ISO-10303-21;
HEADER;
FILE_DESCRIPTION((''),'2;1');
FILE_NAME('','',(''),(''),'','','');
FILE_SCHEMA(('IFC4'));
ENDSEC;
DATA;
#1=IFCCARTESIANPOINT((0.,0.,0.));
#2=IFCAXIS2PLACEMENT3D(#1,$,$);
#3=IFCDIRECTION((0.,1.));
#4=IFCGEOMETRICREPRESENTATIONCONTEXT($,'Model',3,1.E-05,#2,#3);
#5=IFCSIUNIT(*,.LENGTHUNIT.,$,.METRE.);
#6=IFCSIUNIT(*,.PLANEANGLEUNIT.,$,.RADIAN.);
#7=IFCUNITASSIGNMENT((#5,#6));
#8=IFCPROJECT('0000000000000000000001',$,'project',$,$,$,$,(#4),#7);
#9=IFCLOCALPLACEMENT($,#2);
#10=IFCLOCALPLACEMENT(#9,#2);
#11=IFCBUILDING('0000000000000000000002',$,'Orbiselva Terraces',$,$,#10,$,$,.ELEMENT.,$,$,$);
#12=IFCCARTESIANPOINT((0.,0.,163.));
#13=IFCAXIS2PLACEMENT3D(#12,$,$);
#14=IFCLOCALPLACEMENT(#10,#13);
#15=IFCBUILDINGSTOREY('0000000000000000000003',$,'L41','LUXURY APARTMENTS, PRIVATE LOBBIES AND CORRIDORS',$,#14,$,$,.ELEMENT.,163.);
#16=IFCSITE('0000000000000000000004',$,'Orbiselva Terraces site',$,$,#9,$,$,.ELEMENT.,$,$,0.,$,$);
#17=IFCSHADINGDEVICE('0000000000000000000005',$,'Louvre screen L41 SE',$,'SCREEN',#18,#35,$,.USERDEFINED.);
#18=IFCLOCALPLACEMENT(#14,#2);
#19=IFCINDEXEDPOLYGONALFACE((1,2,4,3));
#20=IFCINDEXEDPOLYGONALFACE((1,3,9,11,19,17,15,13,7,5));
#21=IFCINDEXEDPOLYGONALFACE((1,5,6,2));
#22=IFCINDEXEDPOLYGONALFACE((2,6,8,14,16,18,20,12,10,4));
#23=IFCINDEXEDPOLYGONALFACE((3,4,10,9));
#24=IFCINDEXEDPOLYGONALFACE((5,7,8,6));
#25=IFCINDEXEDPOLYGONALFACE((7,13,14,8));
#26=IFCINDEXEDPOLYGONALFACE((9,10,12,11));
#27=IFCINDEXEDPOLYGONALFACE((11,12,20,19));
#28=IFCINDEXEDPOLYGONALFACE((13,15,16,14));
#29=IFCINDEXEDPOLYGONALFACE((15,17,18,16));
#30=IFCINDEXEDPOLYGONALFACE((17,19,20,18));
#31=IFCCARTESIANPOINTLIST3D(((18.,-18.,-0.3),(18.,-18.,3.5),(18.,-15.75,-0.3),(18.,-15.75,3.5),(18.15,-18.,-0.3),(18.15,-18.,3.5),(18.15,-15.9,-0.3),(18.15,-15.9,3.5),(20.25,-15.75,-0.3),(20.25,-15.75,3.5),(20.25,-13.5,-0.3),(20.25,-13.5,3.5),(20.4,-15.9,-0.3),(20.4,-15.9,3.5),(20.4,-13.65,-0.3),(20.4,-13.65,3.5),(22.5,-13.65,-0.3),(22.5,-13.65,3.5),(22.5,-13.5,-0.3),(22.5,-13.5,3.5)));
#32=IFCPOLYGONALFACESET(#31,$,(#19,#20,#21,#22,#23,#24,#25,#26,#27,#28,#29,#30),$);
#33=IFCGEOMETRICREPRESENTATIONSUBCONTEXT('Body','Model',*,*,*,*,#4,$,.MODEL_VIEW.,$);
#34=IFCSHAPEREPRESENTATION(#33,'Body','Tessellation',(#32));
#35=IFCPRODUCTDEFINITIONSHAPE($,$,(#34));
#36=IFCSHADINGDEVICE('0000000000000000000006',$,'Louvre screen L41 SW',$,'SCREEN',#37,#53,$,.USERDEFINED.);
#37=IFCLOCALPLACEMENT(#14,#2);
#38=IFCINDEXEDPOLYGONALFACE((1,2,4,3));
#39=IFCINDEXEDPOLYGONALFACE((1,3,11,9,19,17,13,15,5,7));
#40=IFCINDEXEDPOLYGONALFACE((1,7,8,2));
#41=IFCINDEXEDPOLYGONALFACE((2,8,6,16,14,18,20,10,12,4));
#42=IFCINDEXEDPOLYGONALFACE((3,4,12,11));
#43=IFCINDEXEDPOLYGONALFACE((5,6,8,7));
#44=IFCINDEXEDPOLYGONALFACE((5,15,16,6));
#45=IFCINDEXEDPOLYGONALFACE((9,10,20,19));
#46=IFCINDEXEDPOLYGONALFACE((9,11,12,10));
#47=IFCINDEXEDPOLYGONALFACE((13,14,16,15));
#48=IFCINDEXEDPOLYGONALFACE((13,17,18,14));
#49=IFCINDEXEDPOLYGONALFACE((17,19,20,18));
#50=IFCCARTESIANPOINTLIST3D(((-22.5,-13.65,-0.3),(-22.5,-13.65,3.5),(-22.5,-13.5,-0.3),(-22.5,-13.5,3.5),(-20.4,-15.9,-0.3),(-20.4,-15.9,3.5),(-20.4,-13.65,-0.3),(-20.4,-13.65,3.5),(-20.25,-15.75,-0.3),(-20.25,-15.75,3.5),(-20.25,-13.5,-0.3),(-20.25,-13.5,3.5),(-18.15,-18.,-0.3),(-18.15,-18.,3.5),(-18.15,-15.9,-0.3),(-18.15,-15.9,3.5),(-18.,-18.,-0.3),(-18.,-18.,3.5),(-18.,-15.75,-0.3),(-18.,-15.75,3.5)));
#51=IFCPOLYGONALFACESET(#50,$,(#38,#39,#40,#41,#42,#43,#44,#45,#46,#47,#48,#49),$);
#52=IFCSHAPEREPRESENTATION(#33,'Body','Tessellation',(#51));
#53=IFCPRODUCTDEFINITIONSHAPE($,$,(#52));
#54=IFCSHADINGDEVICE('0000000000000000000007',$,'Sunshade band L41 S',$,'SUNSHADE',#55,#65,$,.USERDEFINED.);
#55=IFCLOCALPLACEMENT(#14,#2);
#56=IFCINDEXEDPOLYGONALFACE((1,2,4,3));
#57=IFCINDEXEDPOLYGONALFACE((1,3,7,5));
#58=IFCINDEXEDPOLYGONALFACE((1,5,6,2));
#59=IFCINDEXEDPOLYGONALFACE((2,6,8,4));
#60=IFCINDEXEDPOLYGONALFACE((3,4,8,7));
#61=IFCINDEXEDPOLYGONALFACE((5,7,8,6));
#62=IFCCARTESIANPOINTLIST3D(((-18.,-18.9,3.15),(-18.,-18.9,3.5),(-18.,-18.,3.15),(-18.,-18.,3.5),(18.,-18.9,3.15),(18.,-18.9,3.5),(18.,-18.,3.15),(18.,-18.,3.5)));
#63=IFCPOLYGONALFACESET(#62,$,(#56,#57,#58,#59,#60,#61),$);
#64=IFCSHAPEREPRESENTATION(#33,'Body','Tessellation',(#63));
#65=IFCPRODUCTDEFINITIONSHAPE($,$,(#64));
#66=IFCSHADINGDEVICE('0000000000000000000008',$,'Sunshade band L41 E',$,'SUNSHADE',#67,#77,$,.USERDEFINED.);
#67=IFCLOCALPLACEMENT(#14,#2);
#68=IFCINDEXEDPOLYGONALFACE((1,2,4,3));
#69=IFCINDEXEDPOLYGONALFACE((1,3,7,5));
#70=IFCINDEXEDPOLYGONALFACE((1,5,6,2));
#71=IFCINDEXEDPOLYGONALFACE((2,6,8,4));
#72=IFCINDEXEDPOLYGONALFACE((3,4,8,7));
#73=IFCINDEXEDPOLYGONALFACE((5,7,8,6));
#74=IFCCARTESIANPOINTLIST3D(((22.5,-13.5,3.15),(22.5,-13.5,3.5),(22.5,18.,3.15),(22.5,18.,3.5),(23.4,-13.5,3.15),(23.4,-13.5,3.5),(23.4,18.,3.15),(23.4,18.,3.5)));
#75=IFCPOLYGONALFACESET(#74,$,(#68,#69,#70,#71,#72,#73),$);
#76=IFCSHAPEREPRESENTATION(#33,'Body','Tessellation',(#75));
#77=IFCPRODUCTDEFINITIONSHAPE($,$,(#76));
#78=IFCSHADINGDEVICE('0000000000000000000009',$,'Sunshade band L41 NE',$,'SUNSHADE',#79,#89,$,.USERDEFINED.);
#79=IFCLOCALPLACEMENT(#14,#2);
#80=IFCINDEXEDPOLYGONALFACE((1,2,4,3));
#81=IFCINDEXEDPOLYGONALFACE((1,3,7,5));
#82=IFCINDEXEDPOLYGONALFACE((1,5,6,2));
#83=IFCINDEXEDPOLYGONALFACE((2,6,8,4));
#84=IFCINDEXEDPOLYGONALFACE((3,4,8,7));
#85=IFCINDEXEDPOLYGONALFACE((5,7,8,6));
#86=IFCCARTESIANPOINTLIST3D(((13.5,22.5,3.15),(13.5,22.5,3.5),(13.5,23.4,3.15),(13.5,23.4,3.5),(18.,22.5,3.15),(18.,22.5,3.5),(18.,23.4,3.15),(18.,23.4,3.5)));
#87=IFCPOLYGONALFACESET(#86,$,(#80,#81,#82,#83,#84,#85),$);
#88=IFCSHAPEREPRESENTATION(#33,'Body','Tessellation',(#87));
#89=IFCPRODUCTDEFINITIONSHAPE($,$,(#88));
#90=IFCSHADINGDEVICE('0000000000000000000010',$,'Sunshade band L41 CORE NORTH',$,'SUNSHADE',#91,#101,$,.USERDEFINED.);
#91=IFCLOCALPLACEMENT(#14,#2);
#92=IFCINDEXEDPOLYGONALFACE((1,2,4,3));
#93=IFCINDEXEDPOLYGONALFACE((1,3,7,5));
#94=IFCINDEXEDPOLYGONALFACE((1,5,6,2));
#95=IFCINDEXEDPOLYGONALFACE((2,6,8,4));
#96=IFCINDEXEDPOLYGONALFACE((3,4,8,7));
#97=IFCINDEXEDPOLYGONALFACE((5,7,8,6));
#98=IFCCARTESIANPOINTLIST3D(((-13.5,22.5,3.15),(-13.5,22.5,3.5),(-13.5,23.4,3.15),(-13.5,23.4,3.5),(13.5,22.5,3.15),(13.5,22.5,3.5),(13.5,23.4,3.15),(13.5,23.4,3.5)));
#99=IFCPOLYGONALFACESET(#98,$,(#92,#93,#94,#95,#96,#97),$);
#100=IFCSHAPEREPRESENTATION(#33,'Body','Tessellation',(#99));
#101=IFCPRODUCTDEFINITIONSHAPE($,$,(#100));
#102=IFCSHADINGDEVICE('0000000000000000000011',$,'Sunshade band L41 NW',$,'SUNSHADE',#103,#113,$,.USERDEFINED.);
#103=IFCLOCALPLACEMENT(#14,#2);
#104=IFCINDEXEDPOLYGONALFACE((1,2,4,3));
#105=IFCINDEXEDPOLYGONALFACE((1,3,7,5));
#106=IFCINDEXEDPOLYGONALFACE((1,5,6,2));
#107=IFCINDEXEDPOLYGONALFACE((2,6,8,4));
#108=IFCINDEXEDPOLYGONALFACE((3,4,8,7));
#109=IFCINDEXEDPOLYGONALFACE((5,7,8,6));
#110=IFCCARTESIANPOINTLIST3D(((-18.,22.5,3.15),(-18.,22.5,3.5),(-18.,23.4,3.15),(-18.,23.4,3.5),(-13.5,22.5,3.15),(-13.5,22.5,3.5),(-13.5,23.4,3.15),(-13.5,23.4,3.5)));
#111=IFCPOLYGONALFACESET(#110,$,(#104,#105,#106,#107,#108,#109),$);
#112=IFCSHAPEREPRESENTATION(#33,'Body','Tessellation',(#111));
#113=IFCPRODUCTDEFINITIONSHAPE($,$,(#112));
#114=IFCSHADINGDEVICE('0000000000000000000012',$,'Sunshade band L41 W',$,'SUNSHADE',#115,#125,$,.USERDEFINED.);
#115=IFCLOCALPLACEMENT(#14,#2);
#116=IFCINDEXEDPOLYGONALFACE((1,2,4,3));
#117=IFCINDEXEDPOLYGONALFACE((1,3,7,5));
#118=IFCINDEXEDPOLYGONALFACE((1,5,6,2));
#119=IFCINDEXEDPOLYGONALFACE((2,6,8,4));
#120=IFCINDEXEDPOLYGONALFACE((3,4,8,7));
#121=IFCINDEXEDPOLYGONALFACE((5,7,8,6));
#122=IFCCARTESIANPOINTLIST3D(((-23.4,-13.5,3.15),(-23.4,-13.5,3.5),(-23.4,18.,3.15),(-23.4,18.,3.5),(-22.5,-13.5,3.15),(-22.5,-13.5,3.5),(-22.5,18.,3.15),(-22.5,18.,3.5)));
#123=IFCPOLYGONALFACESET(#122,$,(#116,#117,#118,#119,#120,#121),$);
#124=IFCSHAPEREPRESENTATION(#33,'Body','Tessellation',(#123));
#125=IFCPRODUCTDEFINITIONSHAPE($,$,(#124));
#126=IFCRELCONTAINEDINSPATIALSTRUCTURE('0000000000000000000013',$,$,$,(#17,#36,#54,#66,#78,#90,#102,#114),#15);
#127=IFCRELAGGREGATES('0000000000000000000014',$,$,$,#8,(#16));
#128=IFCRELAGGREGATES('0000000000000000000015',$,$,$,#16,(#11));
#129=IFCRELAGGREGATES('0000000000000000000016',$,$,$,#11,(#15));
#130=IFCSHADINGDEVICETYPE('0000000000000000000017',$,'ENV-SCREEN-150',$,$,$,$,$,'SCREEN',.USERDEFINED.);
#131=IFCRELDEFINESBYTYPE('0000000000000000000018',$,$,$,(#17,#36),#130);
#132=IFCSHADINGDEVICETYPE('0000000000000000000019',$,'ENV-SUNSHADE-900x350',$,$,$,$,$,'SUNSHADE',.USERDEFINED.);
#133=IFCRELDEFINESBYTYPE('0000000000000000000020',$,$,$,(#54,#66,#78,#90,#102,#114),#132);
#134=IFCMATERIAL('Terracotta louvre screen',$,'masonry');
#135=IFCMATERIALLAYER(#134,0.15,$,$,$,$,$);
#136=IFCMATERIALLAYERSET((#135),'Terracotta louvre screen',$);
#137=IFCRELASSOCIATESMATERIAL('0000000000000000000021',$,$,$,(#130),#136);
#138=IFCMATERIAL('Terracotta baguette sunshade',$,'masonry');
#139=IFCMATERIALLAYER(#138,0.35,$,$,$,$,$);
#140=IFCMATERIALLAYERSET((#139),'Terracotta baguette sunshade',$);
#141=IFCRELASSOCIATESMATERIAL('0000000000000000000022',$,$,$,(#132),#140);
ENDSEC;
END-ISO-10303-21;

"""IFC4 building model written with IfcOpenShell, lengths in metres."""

from ifc_helpers import new_model, si_unit, direction, frame, origin, place, context, subcontext, project, spatial, polyline, outline, extrude, material, layer, layer_set, type_object, element, save


model = new_model("IFC4")

# Units and contexts
model_context = context("Model", 3, precision=1e-05, world=origin(), true_north=direction((0.0, 1.0)))
body_context = subcontext(model_context, "Body", "Model", "MODEL_VIEW")
ifc_project = project(units=[si_unit("LENGTHUNIT", "METRE"), si_unit("PLANEANGLEUNIT", "RADIAN")], contexts=[model_context])

# Site, building, storey
site_placement = place(None, origin())
site = spatial("IfcSite", under=ifc_project, at=site_placement, Name="Orbiselva Terraces site", CompositionType="ELEMENT", RefElevation=0.0)
building_placement = place(site_placement, origin())
building = spatial("IfcBuilding", under=site, at=building_placement, Name="Orbiselva Terraces", CompositionType="ELEMENT")
storey_placement = place(building_placement, frame((0.0, 0.0, 163.0)))
storey = spatial("IfcBuildingStorey", under=building, at=storey_placement, Name="L41", Description="LUXURY APARTMENTS, PRIVATE LOBBIES AND CORRIDORS", CompositionType="ELEMENT", Elevation=163.0)

# Shading devices
ifc_material_1 = material(Name="Terracotta louvre screen", Category="masonry")
ifc_layer_1 = layer(ifc_material_1, 0.15)
ifc_layer_set_1 = layer_set([ifc_layer_1], Name="Terracotta louvre screen")
shading_device_type_1 = type_object("IfcShadingDeviceType", Name="ENV-SCREEN-150", ElementType="SCREEN", PredefinedType="USERDEFINED", material=ifc_layer_set_1)
shading_device_1_placement = place(storey_placement, frame((0.0, 0.0, -0.3)))
element("IfcShadingDevice", 1, at=shading_device_1_placement, inside=storey, type_object=shading_device_type_1, Name="Louvre screen L41 SE", ObjectType="SCREEN", PredefinedType="USERDEFINED", context=body_context, shape_type="SweptSolid", body=[
    extrude(outline(polyline([(18.15, -18.0), (18.15, -15.9), (20.4, -15.9), (20.4, -13.65), (22.5, -13.65), (22.5, -13.5), (20.25, -13.5), (20.25, -15.75), (18.0, -15.75), (18.0, -18.0), (18.15, -18.0)])), origin(), (0.0, 0.0, 1.0), 3.8),
])
shading_device_2_placement = place(storey_placement, frame((0.0, 0.0, -0.3)))
element("IfcShadingDevice", 2, at=shading_device_2_placement, inside=storey, type_object=shading_device_type_1, Name="Louvre screen L41 SW", ObjectType="SCREEN", PredefinedType="USERDEFINED", context=body_context, shape_type="SweptSolid", body=[
    extrude(outline(polyline([(-22.5, -13.65), (-20.4, -13.65), (-20.4, -15.9), (-18.15, -15.9), (-18.15, -18.0), (-18.0, -18.0), (-18.0, -15.75), (-20.25, -15.75), (-20.25, -13.5), (-22.5, -13.5), (-22.5, -13.65)])), origin(), (0.0, 0.0, 1.0), 3.8),
])
ifc_material_2 = material(Name="Terracotta baguette sunshade", Category="masonry")
ifc_layer_2 = layer(ifc_material_2, 0.35)
ifc_layer_set_2 = layer_set([ifc_layer_2], Name="Terracotta baguette sunshade")
shading_device_type_2 = type_object("IfcShadingDeviceType", Name="ENV-SUNSHADE-900x350", ElementType="SUNSHADE", PredefinedType="USERDEFINED", material=ifc_layer_set_2)
shading_device_3_placement = place(storey_placement, frame((0.0, 0.0, 3.15)))
element("IfcShadingDevice", 3, at=shading_device_3_placement, inside=storey, type_object=shading_device_type_2, Name="Sunshade band L41 S", ObjectType="SUNSHADE", PredefinedType="USERDEFINED", context=body_context, shape_type="SweptSolid", body=[
    extrude(outline(polyline([(-18.0, -18.9), (18.0, -18.9), (18.0, -18.0), (-18.0, -18.0), (-18.0, -18.9)])), origin(), (0.0, 0.0, 1.0), 0.35),
])
shading_device_4_placement = place(storey_placement, frame((0.0, 0.0, 3.15)))
element("IfcShadingDevice", 4, at=shading_device_4_placement, inside=storey, type_object=shading_device_type_2, Name="Sunshade band L41 E", ObjectType="SUNSHADE", PredefinedType="USERDEFINED", context=body_context, shape_type="SweptSolid", body=[
    extrude(outline(polyline([(23.4, -13.5), (23.4, 18.0), (22.5, 18.0), (22.5, -13.5), (23.4, -13.5)])), origin(), (0.0, 0.0, 1.0), 0.35),
])
shading_device_5_placement = place(storey_placement, frame((0.0, 0.0, 3.15)))
element("IfcShadingDevice", 5, at=shading_device_5_placement, inside=storey, type_object=shading_device_type_2, Name="Sunshade band L41 NE", ObjectType="SUNSHADE", PredefinedType="USERDEFINED", context=body_context, shape_type="SweptSolid", body=[
    extrude(outline(polyline([(18.0, 23.4), (13.5, 23.4), (13.5, 22.5), (18.0, 22.5), (18.0, 23.4)])), origin(), (0.0, 0.0, 1.0), 0.35),
])
shading_device_6_placement = place(storey_placement, frame((0.0, 0.0, 3.15)))
element("IfcShadingDevice", 6, at=shading_device_6_placement, inside=storey, type_object=shading_device_type_2, Name="Sunshade band L41 CORE NORTH", ObjectType="SUNSHADE", PredefinedType="USERDEFINED", context=body_context, shape_type="SweptSolid", body=[
    extrude(outline(polyline([(13.5, 23.4), (-13.5, 23.4), (-13.5, 22.5), (13.5, 22.5), (13.5, 23.4)])), origin(), (0.0, 0.0, 1.0), 0.35),
])
shading_device_7_placement = place(storey_placement, frame((0.0, 0.0, 3.15)))
element("IfcShadingDevice", 7, at=shading_device_7_placement, inside=storey, type_object=shading_device_type_2, Name="Sunshade band L41 NW", ObjectType="SUNSHADE", PredefinedType="USERDEFINED", context=body_context, shape_type="SweptSolid", body=[
    extrude(outline(polyline([(-13.5, 23.4), (-18.0, 23.4), (-18.0, 22.5), (-13.5, 22.5), (-13.5, 23.4)])), origin(), (0.0, 0.0, 1.0), 0.35),
])
shading_device_8_placement = place(storey_placement, frame((0.0, 0.0, 3.15)))
element("IfcShadingDevice", 8, at=shading_device_8_placement, inside=storey, type_object=shading_device_type_2, Name="Sunshade band L41 W", ObjectType="SUNSHADE", PredefinedType="USERDEFINED", context=body_context, shape_type="SweptSolid", body=[
    extrude(outline(polyline([(-23.4, 18.0), (-23.4, -13.5), (-22.5, -13.5), (-22.5, 18.0), (-23.4, 18.0)])), origin(), (0.0, 0.0, 1.0), 0.35),
])

save(model, "model.ifc")
